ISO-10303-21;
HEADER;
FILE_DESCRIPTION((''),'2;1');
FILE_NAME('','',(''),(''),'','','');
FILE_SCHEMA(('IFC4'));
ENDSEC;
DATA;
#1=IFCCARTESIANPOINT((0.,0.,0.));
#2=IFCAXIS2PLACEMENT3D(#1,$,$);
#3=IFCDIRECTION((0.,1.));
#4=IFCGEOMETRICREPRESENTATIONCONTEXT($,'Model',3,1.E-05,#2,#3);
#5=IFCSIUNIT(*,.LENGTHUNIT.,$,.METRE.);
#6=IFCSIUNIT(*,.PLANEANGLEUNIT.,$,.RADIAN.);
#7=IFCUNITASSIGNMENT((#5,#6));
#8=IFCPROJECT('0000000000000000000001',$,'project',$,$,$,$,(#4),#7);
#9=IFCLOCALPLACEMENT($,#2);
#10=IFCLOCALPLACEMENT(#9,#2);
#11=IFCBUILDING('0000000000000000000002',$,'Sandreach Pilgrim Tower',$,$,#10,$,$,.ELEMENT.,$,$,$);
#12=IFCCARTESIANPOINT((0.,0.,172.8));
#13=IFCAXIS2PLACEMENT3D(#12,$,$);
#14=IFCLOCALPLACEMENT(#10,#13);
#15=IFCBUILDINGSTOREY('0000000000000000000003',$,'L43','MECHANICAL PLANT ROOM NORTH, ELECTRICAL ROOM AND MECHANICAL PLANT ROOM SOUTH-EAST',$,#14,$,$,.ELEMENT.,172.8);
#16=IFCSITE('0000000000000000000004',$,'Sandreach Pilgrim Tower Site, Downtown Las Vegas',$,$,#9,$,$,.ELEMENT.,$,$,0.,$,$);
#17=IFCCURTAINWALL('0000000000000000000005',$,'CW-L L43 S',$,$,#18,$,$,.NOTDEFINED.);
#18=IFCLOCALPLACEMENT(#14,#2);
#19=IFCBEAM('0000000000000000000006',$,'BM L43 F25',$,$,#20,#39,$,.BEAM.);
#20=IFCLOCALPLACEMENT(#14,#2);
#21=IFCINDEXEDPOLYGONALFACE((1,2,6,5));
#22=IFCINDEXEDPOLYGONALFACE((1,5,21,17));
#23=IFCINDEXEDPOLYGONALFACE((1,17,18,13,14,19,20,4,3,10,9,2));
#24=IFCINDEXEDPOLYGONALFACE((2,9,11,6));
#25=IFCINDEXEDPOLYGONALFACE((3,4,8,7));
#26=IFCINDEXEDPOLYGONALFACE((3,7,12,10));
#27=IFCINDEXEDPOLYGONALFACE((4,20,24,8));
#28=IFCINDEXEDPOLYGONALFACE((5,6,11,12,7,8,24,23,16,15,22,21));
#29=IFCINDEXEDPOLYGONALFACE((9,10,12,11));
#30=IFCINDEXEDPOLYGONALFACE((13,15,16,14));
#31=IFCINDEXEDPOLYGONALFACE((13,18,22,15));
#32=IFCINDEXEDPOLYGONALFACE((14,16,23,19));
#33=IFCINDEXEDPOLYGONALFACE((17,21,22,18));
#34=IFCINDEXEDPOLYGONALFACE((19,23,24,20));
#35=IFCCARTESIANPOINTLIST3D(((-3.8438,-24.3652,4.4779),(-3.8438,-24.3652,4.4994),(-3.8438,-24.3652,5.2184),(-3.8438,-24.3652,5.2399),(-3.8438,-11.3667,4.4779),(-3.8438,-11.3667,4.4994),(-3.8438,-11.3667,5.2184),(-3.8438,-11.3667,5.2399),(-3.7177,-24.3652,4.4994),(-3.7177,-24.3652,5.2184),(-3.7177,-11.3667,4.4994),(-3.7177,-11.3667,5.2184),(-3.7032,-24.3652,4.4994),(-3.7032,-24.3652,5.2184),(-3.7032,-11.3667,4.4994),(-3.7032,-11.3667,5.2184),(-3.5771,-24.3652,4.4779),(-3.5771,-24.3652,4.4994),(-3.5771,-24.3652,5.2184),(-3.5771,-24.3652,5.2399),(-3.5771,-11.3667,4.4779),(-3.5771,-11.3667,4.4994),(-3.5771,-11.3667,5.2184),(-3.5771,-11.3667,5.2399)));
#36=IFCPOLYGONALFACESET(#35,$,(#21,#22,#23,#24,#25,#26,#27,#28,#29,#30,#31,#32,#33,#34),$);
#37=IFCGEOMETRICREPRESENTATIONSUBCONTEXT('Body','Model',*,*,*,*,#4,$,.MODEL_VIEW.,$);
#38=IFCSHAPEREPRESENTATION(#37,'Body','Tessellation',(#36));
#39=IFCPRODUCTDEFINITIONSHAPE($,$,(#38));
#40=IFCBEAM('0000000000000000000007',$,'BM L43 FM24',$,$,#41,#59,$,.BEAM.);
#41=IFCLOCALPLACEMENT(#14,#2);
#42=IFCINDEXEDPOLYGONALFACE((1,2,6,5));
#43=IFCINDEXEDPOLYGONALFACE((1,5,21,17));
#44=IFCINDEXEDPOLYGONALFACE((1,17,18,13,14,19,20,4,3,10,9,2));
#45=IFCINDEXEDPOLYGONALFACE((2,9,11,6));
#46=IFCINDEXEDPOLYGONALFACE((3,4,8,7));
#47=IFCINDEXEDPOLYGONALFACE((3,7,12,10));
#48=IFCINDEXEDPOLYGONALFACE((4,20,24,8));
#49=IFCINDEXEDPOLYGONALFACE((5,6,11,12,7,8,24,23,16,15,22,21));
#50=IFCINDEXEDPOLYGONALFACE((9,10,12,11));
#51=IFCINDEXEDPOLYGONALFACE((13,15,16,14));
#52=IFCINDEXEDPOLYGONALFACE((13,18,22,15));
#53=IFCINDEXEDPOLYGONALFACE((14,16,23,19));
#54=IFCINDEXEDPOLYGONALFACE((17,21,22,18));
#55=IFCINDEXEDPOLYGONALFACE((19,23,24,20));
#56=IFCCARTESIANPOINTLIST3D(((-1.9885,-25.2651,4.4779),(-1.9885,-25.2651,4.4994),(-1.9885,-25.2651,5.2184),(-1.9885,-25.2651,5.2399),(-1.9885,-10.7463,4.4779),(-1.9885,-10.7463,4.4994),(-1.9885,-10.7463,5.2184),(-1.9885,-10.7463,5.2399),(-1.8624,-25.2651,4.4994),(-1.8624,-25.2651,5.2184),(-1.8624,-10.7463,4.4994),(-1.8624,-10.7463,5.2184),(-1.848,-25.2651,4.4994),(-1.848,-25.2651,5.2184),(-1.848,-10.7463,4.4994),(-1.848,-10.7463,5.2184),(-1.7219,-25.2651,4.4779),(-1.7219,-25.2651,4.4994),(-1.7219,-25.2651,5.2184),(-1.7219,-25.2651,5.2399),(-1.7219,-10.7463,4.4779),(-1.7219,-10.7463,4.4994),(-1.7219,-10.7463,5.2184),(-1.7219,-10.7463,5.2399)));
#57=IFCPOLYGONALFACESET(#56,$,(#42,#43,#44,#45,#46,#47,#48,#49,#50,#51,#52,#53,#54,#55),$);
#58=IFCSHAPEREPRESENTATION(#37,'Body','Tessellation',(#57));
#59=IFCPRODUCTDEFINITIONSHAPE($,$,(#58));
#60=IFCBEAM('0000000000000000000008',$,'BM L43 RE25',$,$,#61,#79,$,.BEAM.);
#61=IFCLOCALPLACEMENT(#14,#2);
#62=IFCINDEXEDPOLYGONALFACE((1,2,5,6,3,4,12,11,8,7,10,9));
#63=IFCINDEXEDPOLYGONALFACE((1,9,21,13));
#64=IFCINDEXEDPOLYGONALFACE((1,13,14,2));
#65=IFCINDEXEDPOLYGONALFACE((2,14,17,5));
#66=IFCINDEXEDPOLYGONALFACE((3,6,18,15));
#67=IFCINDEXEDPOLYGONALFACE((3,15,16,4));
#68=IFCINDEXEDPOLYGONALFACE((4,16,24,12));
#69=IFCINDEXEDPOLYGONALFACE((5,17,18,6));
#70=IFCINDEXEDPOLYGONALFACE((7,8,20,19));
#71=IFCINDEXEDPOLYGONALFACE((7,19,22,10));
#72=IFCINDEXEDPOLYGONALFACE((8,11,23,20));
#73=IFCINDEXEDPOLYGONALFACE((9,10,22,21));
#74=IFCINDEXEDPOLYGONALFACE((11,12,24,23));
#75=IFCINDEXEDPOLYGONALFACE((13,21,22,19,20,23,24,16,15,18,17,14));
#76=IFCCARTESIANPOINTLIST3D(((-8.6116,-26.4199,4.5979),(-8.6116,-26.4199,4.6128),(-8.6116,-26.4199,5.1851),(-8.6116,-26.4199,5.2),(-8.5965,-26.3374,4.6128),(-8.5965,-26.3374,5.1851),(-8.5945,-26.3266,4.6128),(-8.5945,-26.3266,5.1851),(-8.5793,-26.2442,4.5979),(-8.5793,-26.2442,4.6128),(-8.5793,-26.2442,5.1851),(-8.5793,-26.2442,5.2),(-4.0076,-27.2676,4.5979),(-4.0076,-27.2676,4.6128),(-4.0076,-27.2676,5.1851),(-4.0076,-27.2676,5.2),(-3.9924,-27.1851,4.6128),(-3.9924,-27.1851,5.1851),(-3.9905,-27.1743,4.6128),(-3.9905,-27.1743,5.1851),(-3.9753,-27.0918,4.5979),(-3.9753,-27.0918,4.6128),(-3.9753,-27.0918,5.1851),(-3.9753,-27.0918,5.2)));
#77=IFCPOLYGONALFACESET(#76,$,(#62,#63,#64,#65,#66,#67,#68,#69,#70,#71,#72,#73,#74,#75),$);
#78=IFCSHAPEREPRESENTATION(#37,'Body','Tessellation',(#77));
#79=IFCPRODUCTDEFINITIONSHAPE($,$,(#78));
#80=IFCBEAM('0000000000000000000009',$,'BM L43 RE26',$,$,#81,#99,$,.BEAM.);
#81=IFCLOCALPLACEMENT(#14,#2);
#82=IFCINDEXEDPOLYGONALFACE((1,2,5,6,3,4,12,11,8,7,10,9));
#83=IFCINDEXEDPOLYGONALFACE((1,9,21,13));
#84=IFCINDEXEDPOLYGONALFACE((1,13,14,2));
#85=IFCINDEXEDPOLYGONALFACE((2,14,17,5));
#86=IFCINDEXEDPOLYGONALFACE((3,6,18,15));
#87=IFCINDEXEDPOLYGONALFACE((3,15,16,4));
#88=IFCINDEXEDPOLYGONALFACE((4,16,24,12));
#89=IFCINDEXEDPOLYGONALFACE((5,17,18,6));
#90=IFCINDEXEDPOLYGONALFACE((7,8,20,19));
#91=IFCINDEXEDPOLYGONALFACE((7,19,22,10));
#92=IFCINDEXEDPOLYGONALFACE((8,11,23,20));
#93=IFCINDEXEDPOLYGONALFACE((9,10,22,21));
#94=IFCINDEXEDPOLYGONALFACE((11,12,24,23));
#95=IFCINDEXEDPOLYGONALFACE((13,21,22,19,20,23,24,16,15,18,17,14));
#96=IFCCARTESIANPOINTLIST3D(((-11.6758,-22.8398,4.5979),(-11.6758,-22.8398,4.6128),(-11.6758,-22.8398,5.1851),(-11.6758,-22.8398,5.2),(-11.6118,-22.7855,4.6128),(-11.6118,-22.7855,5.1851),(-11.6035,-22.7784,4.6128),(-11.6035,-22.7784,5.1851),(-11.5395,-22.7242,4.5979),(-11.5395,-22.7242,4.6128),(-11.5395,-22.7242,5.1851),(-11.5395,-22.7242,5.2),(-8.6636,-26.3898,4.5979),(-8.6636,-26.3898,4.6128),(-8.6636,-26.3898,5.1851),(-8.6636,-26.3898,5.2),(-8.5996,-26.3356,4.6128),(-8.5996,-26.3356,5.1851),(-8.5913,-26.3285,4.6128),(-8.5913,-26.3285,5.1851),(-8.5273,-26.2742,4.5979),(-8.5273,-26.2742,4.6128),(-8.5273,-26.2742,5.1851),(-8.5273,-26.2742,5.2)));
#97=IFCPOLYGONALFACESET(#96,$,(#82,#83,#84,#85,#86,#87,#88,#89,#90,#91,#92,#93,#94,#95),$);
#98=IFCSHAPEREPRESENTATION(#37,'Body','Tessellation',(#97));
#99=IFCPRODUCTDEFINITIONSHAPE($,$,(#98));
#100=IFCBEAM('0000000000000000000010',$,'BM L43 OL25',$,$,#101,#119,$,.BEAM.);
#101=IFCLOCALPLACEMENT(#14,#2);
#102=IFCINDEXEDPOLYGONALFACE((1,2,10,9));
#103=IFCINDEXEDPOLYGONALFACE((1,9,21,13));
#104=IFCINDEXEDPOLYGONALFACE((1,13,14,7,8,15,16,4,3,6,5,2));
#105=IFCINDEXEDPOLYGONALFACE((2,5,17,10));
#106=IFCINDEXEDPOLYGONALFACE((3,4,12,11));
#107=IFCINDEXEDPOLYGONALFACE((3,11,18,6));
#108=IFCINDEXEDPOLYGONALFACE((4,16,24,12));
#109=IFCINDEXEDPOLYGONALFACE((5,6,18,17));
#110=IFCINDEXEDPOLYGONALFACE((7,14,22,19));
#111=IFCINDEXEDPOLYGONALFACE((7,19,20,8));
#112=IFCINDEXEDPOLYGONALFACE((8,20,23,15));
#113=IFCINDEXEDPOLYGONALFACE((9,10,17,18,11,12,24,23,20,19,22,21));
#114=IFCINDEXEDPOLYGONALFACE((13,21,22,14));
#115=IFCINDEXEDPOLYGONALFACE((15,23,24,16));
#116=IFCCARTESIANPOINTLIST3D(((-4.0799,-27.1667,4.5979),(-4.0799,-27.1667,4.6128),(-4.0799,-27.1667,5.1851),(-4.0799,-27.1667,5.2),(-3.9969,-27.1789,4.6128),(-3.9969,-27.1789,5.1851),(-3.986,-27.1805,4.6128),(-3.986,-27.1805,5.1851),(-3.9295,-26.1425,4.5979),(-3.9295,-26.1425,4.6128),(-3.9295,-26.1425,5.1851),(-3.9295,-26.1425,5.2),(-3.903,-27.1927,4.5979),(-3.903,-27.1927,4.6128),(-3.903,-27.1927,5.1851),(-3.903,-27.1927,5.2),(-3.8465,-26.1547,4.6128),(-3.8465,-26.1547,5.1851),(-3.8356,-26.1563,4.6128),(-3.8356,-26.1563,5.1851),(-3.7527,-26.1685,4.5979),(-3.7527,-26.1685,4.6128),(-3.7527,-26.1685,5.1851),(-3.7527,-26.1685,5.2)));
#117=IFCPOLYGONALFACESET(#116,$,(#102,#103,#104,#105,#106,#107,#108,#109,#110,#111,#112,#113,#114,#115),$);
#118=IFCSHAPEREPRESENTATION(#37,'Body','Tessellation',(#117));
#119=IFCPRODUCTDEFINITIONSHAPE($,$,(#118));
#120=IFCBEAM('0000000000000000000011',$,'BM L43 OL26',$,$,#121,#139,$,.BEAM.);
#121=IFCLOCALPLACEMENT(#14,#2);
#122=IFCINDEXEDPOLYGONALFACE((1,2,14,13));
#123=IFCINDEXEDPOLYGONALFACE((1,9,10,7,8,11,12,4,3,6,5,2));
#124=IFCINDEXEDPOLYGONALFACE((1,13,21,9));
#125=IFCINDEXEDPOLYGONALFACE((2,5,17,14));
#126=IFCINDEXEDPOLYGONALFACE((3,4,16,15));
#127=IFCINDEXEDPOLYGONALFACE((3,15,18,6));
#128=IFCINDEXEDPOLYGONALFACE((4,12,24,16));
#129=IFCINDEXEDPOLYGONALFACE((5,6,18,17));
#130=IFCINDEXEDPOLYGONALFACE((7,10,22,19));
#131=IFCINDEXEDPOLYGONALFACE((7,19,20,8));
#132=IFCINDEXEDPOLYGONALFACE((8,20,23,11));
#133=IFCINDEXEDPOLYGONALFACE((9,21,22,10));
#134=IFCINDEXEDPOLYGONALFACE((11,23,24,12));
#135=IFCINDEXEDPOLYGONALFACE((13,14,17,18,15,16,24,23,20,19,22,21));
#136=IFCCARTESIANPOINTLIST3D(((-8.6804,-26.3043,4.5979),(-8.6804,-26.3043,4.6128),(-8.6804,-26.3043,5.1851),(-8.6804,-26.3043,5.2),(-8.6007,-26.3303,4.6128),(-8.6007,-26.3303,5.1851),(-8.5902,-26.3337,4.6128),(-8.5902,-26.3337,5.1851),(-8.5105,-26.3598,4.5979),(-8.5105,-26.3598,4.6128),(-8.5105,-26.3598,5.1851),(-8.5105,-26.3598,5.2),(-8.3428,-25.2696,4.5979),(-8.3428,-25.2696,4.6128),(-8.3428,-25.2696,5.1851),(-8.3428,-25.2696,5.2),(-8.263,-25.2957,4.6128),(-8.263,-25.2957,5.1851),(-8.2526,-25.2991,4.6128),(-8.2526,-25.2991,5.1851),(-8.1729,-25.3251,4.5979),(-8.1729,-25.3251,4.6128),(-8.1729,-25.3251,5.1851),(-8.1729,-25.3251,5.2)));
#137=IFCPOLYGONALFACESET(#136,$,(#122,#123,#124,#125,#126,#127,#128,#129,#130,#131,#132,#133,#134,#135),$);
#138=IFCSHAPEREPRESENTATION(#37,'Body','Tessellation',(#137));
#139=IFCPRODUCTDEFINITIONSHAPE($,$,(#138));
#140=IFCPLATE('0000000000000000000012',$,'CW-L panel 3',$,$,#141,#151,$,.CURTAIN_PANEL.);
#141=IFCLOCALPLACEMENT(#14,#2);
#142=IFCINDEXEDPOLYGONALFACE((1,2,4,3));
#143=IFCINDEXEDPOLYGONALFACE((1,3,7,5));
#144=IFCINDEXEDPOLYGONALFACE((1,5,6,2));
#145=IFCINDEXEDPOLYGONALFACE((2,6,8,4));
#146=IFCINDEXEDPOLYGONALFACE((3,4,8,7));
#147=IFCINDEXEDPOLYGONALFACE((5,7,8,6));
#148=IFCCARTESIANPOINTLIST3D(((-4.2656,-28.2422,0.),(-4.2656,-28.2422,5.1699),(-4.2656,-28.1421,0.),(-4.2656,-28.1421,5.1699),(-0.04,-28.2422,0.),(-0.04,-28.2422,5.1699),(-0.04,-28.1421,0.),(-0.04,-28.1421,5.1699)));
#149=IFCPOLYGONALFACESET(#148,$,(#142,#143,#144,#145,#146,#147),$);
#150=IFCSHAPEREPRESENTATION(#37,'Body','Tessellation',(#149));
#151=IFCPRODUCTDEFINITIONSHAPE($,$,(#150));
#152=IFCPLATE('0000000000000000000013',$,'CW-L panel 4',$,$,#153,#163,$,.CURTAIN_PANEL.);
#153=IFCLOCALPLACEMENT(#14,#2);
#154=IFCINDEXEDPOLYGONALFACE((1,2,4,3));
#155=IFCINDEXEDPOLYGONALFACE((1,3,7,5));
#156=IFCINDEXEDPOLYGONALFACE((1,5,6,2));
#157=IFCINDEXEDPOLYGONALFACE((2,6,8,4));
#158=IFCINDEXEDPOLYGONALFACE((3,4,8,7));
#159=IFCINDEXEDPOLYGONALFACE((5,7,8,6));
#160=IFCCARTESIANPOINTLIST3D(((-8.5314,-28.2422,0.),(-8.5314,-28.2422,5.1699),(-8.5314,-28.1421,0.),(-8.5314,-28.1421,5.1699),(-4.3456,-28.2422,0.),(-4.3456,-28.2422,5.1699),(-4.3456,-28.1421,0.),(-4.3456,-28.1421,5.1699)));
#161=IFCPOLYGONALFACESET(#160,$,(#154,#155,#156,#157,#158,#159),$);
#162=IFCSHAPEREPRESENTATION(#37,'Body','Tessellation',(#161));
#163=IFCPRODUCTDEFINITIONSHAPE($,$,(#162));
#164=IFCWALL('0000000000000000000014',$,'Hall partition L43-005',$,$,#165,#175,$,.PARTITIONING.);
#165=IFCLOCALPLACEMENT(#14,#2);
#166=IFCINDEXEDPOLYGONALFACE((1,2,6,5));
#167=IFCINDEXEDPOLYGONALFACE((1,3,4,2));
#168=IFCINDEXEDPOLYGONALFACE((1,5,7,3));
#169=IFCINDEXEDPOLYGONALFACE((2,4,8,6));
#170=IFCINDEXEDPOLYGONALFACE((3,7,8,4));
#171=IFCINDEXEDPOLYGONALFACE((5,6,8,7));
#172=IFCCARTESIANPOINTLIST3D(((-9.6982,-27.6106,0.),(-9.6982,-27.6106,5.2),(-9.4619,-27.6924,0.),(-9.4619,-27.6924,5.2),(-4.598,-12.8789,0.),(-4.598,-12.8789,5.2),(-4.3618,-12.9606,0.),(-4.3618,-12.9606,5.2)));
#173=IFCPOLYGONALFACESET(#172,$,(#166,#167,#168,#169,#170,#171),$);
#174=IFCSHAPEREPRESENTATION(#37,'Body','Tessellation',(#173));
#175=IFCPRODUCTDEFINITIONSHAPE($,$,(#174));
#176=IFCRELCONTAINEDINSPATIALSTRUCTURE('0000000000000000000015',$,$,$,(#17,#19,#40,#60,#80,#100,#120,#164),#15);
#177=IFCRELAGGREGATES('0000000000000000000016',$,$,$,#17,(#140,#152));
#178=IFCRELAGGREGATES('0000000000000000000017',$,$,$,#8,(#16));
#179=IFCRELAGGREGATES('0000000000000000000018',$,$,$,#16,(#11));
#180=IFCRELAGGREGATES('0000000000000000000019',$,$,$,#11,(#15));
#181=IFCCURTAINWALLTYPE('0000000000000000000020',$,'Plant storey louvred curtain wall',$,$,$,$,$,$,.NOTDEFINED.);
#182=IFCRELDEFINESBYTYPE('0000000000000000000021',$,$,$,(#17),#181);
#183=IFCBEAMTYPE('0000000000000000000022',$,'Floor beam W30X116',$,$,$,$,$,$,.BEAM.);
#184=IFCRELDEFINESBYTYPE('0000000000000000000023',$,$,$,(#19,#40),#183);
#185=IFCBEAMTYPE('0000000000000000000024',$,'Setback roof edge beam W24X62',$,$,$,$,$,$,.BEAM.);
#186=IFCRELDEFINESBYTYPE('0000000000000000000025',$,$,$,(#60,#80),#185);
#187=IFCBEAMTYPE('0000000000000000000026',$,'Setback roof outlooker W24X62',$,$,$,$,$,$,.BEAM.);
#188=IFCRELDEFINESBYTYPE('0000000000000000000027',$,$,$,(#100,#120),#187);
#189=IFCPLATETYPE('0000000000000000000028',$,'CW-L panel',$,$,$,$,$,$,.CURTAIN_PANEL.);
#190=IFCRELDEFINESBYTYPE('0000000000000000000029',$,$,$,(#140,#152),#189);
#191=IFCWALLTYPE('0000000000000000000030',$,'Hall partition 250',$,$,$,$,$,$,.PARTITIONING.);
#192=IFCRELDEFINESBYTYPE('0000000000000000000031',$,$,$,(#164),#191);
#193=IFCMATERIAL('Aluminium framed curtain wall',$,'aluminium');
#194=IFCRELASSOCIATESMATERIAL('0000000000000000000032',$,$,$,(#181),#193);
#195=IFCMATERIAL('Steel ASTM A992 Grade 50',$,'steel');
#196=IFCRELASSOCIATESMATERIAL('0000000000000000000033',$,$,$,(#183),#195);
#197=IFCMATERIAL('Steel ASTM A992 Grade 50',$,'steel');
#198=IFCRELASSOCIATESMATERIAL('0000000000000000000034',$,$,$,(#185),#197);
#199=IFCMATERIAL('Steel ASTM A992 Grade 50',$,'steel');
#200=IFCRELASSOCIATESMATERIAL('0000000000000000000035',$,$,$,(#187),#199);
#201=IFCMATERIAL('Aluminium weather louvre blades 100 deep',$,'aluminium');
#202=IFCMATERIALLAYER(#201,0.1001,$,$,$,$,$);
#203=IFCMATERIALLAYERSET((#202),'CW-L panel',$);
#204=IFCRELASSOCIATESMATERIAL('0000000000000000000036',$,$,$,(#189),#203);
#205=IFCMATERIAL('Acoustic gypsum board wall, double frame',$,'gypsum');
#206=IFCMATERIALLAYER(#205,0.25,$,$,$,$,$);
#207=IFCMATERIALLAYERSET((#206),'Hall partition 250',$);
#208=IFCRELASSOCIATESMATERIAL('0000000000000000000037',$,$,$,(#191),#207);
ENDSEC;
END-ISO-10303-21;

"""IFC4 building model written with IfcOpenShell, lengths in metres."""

from ifc_helpers import new_model, si_unit, direction, frame, frame_2d, origin, origin_2d, place, context, subcontext, project, spatial, rectangle, i_section, extrude, material, layer, layer_set, material_profile, profile_set, type_object, element, aggregate, save


model = new_model("IFC4")

# Units and contexts
model_context = context("Model", 3, precision=1e-05, world=origin(), true_north=direction((0.0, 1.0)))
body_context = subcontext(model_context, "Body", "Model", "MODEL_VIEW")
ifc_project = project(units=[si_unit("LENGTHUNIT", "METRE"), si_unit("PLANEANGLEUNIT", "RADIAN")], contexts=[model_context])

# Site, building, storey
site_placement = place(None, origin())
site = spatial("IfcSite", under=ifc_project, at=site_placement, Name="Sandreach Pilgrim Tower Site, Downtown Las Vegas", CompositionType="ELEMENT", RefElevation=0.0)
building_placement = place(site_placement, origin())
building = spatial("IfcBuilding", under=site, at=building_placement, Name="Sandreach Pilgrim Tower", CompositionType="ELEMENT")
storey_placement = place(building_placement, frame((0.0, 0.0, 172.8)))
storey = spatial("IfcBuildingStorey", under=building, at=storey_placement, Name="L43", Description="MECHANICAL PLANT ROOM NORTH, ELECTRICAL ROOM AND MECHANICAL PLANT ROOM SOUTH-EAST", CompositionType="ELEMENT", Elevation=172.8)

# Curtain wall
ifc_material_1 = material(Name="Aluminium framed curtain wall", Category="aluminium")
curtain_wall_type = type_object("IfcCurtainWallType", Name="Plant storey louvred curtain wall", PredefinedType="NOTDEFINED", material=ifc_material_1)
curtain_wall_1_placement = place(storey_placement, origin())
curtain_wall_1 = element("IfcCurtainWall", 1, at=curtain_wall_1_placement, inside=storey, type_object=curtain_wall_type, Name="CW-L L43 S", PredefinedType="NOTDEFINED")

# Beams
ifc_material_2 = material(Name="Steel ASTM A992 Grade 50", Category="steel")
ifc_material_profile_1 = material_profile(ifc_material_2, i_section(OverallWidth=0.2666, OverallDepth=0.762, WebThickness=0.0144, FlangeThickness=0.0215, at=origin_2d()), Name="W30X116")
ifc_profile_set_1 = profile_set([ifc_material_profile_1], Name="Steel ASTM A992 Grade 50")
beam_type_1 = type_object("IfcBeamType", Name="Floor beam W30X116", PredefinedType="BEAM", material=ifc_profile_set_1)
beam_1_placement = place(storey_placement, frame((-3.7104, -24.3652, 4.8589), z_axis=(0.0, 1.0, 0.0), x_axis=(-1.0, 0.0, 0.0)))
element("IfcBeam", 2, at=beam_1_placement, inside=storey, type_object=beam_type_1, Name="BM L43 F25", PredefinedType="BEAM", context=body_context, shape_type="SweptSolid", body=[
    extrude(i_section(OverallWidth=0.2666, OverallDepth=0.762, WebThickness=0.0144, FlangeThickness=0.0215, at=origin_2d()), origin(), (0.0, 0.0, 1.0), 12.9985),
])
beam_2_placement = place(storey_placement, frame((-1.8552, -25.2651, 4.8589), z_axis=(0.0, 1.0, 0.0), x_axis=(-1.0, 0.0, 0.0)))
element("IfcBeam", 3, at=beam_2_placement, inside=storey, type_object=beam_type_1, Name="BM L43 FM24", PredefinedType="BEAM", context=body_context, shape_type="SweptSolid", body=[
    extrude(i_section(OverallWidth=0.2666, OverallDepth=0.762, WebThickness=0.0144, FlangeThickness=0.0215, at=origin_2d()), origin(), (0.0, 0.0, 1.0), 14.5188),
])
ifc_material_3 = material(Name="Steel ASTM A992 Grade 50", Category="steel")
ifc_material_profile_2 = material_profile(ifc_material_3, i_section(OverallWidth=0.1787, OverallDepth=0.6021, WebThickness=0.011, FlangeThickness=0.0149, at=origin_2d()), Name="W24X62")
ifc_profile_set_2 = profile_set([ifc_material_profile_2], Name="Steel ASTM A992 Grade 50")
beam_type_2 = type_object("IfcBeamType", Name="Setback roof edge beam W24X62", PredefinedType="BEAM", material=ifc_profile_set_2)
beam_3_placement = place(storey_placement, frame((-3.9915, -27.1797, 4.8989), z_axis=(-0.98347, 0.18107, 0.0), x_axis=(-0.18107, -0.98347, 0.0)))
element("IfcBeam", 4, at=beam_3_placement, inside=storey, type_object=beam_type_2, Name="BM L43 RE25", PredefinedType="BEAM", context=body_context, shape_type="SweptSolid", body=[
    extrude(i_section(OverallWidth=0.1787, OverallDepth=0.6021, WebThickness=0.011, FlangeThickness=0.0149, at=origin_2d()), origin(), (0.0, 0.0, 1.0), 4.6814),
])
beam_4_placement = place(storey_placement, frame((-8.5955, -26.332, 4.8989), z_axis=(-0.646983, 0.762504, 0.0), x_axis=(-0.762504, -0.646983, 0.0)))
element("IfcBeam", 5, at=beam_4_placement, inside=storey, type_object=beam_type_2, Name="BM L43 RE26", PredefinedType="BEAM", context=body_context, shape_type="SweptSolid", body=[
    extrude(i_section(OverallWidth=0.1787, OverallDepth=0.6021, WebThickness=0.011, FlangeThickness=0.0149, at=origin_2d()), origin(), (0.0, 0.0, 1.0), 4.6558),
])
ifc_material_4 = material(Name="Steel ASTM A992 Grade 50", Category="steel")
ifc_material_profile_3 = material_profile(ifc_material_4, i_section(OverallWidth=0.1787, OverallDepth=0.6021, WebThickness=0.011, FlangeThickness=0.0149, at=origin_2d()), Name="W24X62")
ifc_profile_set_3 = profile_set([ifc_material_profile_3], Name="Steel ASTM A992 Grade 50")
beam_type_3 = type_object("IfcBeamType", Name="Setback roof outlooker W24X62", PredefinedType="BEAM", material=ifc_profile_set_3)
beam_5_placement = place(storey_placement, frame((-3.8411, -26.1555, 4.8989), z_axis=(-0.145283, -0.98939, 0.0), x_axis=(0.98939, -0.145283, 0.0)))
element("IfcBeam", 6, at=beam_5_placement, inside=storey, type_object=beam_type_3, Name="BM L43 OL25", PredefinedType="BEAM", context=body_context, shape_type="SweptSolid", body=[
    extrude(i_section(OverallWidth=0.1787, OverallDepth=0.6021, WebThickness=0.011, FlangeThickness=0.0149, at=origin_2d()), origin(), (0.0, 0.0, 1.0), 1.0352),
])
beam_6_placement = place(storey_placement, frame((-8.2578, -25.2974, 4.8989), z_axis=(-0.310232, -0.950661, 0.0), x_axis=(0.950661, -0.310232, 0.0)))
element("IfcBeam", 7, at=beam_6_placement, inside=storey, type_object=beam_type_3, Name="BM L43 OL26", PredefinedType="BEAM", context=body_context, shape_type="SweptSolid", body=[
    extrude(i_section(OverallWidth=0.1787, OverallDepth=0.6021, WebThickness=0.011, FlangeThickness=0.0149, at=origin_2d()), origin(), (0.0, 0.0, 1.0), 1.0884),
])

# Plates
ifc_material_5 = material(Name="Aluminium weather louvre blades 100 deep", Category="aluminium")
ifc_layer_1 = layer(ifc_material_5, 0.1001)
ifc_layer_set_1 = layer_set([ifc_layer_1], Name="CW-L panel")
plate_type = type_object("IfcPlateType", Name="CW-L panel", PredefinedType="CURTAIN_PANEL", material=ifc_layer_set_1)
plate_1_placement = place(storey_placement, frame((-2.1528, -28.1921, 0.0), z_axis=(0.0, 0.0, 1.0), x_axis=(-1.0, 0.0, 0.0)))
plate_1 = element("IfcPlate", 8, at=plate_1_placement, type_object=plate_type, Name="CW-L panel 3", PredefinedType="CURTAIN_PANEL", context=body_context, shape_type="SweptSolid", body=[
    extrude(rectangle(XDim=4.2256, YDim=0.1001, at=origin_2d()), origin(), (0.0, 0.0, 1.0), 5.1699),
])
plate_2_placement = place(storey_placement, frame((-6.4385, -28.1921, 0.0), z_axis=(0.0, 0.0, 1.0), x_axis=(-1.0, 0.0, 0.0)))
plate_2 = element("IfcPlate", 9, at=plate_2_placement, type_object=plate_type, Name="CW-L panel 4", PredefinedType="CURTAIN_PANEL", context=body_context, shape_type="SweptSolid", body=[
    extrude(rectangle(XDim=4.1858, YDim=0.1001, at=origin_2d()), origin(), (0.0, 0.0, 1.0), 5.1699),
])
aggregate(curtain_wall_1, [plate_1, plate_2])

# Wall
ifc_material_6 = material(Name="Acoustic gypsum board wall, double frame", Category="gypsum")
ifc_layer_2 = layer(ifc_material_6, 0.25)
ifc_layer_set_2 = layer_set([ifc_layer_2], Name="Hall partition 250")
wall_type_1 = type_object("IfcWallType", Name="Hall partition 250", PredefinedType="PARTITIONING", material=ifc_layer_set_2)
wall_1_placement = place(storey_placement, frame((-9.5801, -27.6516, 0.0), z_axis=(0.0, 0.0, 1.0), x_axis=(0.327149, 0.944973, 0.0)))
element("IfcWall", 10, at=wall_1_placement, inside=storey, type_object=wall_type_1, Name="Hall partition L43-005", PredefinedType="PARTITIONING", context=body_context, shape_type="SweptSolid", body=[
    extrude(rectangle(XDim=15.5896, YDim=0.25, at=frame_2d((7.7949, 0.0))), origin(), (0.0, 0.0, 1.0), 5.2),
])

save(model, "model.ifc")
